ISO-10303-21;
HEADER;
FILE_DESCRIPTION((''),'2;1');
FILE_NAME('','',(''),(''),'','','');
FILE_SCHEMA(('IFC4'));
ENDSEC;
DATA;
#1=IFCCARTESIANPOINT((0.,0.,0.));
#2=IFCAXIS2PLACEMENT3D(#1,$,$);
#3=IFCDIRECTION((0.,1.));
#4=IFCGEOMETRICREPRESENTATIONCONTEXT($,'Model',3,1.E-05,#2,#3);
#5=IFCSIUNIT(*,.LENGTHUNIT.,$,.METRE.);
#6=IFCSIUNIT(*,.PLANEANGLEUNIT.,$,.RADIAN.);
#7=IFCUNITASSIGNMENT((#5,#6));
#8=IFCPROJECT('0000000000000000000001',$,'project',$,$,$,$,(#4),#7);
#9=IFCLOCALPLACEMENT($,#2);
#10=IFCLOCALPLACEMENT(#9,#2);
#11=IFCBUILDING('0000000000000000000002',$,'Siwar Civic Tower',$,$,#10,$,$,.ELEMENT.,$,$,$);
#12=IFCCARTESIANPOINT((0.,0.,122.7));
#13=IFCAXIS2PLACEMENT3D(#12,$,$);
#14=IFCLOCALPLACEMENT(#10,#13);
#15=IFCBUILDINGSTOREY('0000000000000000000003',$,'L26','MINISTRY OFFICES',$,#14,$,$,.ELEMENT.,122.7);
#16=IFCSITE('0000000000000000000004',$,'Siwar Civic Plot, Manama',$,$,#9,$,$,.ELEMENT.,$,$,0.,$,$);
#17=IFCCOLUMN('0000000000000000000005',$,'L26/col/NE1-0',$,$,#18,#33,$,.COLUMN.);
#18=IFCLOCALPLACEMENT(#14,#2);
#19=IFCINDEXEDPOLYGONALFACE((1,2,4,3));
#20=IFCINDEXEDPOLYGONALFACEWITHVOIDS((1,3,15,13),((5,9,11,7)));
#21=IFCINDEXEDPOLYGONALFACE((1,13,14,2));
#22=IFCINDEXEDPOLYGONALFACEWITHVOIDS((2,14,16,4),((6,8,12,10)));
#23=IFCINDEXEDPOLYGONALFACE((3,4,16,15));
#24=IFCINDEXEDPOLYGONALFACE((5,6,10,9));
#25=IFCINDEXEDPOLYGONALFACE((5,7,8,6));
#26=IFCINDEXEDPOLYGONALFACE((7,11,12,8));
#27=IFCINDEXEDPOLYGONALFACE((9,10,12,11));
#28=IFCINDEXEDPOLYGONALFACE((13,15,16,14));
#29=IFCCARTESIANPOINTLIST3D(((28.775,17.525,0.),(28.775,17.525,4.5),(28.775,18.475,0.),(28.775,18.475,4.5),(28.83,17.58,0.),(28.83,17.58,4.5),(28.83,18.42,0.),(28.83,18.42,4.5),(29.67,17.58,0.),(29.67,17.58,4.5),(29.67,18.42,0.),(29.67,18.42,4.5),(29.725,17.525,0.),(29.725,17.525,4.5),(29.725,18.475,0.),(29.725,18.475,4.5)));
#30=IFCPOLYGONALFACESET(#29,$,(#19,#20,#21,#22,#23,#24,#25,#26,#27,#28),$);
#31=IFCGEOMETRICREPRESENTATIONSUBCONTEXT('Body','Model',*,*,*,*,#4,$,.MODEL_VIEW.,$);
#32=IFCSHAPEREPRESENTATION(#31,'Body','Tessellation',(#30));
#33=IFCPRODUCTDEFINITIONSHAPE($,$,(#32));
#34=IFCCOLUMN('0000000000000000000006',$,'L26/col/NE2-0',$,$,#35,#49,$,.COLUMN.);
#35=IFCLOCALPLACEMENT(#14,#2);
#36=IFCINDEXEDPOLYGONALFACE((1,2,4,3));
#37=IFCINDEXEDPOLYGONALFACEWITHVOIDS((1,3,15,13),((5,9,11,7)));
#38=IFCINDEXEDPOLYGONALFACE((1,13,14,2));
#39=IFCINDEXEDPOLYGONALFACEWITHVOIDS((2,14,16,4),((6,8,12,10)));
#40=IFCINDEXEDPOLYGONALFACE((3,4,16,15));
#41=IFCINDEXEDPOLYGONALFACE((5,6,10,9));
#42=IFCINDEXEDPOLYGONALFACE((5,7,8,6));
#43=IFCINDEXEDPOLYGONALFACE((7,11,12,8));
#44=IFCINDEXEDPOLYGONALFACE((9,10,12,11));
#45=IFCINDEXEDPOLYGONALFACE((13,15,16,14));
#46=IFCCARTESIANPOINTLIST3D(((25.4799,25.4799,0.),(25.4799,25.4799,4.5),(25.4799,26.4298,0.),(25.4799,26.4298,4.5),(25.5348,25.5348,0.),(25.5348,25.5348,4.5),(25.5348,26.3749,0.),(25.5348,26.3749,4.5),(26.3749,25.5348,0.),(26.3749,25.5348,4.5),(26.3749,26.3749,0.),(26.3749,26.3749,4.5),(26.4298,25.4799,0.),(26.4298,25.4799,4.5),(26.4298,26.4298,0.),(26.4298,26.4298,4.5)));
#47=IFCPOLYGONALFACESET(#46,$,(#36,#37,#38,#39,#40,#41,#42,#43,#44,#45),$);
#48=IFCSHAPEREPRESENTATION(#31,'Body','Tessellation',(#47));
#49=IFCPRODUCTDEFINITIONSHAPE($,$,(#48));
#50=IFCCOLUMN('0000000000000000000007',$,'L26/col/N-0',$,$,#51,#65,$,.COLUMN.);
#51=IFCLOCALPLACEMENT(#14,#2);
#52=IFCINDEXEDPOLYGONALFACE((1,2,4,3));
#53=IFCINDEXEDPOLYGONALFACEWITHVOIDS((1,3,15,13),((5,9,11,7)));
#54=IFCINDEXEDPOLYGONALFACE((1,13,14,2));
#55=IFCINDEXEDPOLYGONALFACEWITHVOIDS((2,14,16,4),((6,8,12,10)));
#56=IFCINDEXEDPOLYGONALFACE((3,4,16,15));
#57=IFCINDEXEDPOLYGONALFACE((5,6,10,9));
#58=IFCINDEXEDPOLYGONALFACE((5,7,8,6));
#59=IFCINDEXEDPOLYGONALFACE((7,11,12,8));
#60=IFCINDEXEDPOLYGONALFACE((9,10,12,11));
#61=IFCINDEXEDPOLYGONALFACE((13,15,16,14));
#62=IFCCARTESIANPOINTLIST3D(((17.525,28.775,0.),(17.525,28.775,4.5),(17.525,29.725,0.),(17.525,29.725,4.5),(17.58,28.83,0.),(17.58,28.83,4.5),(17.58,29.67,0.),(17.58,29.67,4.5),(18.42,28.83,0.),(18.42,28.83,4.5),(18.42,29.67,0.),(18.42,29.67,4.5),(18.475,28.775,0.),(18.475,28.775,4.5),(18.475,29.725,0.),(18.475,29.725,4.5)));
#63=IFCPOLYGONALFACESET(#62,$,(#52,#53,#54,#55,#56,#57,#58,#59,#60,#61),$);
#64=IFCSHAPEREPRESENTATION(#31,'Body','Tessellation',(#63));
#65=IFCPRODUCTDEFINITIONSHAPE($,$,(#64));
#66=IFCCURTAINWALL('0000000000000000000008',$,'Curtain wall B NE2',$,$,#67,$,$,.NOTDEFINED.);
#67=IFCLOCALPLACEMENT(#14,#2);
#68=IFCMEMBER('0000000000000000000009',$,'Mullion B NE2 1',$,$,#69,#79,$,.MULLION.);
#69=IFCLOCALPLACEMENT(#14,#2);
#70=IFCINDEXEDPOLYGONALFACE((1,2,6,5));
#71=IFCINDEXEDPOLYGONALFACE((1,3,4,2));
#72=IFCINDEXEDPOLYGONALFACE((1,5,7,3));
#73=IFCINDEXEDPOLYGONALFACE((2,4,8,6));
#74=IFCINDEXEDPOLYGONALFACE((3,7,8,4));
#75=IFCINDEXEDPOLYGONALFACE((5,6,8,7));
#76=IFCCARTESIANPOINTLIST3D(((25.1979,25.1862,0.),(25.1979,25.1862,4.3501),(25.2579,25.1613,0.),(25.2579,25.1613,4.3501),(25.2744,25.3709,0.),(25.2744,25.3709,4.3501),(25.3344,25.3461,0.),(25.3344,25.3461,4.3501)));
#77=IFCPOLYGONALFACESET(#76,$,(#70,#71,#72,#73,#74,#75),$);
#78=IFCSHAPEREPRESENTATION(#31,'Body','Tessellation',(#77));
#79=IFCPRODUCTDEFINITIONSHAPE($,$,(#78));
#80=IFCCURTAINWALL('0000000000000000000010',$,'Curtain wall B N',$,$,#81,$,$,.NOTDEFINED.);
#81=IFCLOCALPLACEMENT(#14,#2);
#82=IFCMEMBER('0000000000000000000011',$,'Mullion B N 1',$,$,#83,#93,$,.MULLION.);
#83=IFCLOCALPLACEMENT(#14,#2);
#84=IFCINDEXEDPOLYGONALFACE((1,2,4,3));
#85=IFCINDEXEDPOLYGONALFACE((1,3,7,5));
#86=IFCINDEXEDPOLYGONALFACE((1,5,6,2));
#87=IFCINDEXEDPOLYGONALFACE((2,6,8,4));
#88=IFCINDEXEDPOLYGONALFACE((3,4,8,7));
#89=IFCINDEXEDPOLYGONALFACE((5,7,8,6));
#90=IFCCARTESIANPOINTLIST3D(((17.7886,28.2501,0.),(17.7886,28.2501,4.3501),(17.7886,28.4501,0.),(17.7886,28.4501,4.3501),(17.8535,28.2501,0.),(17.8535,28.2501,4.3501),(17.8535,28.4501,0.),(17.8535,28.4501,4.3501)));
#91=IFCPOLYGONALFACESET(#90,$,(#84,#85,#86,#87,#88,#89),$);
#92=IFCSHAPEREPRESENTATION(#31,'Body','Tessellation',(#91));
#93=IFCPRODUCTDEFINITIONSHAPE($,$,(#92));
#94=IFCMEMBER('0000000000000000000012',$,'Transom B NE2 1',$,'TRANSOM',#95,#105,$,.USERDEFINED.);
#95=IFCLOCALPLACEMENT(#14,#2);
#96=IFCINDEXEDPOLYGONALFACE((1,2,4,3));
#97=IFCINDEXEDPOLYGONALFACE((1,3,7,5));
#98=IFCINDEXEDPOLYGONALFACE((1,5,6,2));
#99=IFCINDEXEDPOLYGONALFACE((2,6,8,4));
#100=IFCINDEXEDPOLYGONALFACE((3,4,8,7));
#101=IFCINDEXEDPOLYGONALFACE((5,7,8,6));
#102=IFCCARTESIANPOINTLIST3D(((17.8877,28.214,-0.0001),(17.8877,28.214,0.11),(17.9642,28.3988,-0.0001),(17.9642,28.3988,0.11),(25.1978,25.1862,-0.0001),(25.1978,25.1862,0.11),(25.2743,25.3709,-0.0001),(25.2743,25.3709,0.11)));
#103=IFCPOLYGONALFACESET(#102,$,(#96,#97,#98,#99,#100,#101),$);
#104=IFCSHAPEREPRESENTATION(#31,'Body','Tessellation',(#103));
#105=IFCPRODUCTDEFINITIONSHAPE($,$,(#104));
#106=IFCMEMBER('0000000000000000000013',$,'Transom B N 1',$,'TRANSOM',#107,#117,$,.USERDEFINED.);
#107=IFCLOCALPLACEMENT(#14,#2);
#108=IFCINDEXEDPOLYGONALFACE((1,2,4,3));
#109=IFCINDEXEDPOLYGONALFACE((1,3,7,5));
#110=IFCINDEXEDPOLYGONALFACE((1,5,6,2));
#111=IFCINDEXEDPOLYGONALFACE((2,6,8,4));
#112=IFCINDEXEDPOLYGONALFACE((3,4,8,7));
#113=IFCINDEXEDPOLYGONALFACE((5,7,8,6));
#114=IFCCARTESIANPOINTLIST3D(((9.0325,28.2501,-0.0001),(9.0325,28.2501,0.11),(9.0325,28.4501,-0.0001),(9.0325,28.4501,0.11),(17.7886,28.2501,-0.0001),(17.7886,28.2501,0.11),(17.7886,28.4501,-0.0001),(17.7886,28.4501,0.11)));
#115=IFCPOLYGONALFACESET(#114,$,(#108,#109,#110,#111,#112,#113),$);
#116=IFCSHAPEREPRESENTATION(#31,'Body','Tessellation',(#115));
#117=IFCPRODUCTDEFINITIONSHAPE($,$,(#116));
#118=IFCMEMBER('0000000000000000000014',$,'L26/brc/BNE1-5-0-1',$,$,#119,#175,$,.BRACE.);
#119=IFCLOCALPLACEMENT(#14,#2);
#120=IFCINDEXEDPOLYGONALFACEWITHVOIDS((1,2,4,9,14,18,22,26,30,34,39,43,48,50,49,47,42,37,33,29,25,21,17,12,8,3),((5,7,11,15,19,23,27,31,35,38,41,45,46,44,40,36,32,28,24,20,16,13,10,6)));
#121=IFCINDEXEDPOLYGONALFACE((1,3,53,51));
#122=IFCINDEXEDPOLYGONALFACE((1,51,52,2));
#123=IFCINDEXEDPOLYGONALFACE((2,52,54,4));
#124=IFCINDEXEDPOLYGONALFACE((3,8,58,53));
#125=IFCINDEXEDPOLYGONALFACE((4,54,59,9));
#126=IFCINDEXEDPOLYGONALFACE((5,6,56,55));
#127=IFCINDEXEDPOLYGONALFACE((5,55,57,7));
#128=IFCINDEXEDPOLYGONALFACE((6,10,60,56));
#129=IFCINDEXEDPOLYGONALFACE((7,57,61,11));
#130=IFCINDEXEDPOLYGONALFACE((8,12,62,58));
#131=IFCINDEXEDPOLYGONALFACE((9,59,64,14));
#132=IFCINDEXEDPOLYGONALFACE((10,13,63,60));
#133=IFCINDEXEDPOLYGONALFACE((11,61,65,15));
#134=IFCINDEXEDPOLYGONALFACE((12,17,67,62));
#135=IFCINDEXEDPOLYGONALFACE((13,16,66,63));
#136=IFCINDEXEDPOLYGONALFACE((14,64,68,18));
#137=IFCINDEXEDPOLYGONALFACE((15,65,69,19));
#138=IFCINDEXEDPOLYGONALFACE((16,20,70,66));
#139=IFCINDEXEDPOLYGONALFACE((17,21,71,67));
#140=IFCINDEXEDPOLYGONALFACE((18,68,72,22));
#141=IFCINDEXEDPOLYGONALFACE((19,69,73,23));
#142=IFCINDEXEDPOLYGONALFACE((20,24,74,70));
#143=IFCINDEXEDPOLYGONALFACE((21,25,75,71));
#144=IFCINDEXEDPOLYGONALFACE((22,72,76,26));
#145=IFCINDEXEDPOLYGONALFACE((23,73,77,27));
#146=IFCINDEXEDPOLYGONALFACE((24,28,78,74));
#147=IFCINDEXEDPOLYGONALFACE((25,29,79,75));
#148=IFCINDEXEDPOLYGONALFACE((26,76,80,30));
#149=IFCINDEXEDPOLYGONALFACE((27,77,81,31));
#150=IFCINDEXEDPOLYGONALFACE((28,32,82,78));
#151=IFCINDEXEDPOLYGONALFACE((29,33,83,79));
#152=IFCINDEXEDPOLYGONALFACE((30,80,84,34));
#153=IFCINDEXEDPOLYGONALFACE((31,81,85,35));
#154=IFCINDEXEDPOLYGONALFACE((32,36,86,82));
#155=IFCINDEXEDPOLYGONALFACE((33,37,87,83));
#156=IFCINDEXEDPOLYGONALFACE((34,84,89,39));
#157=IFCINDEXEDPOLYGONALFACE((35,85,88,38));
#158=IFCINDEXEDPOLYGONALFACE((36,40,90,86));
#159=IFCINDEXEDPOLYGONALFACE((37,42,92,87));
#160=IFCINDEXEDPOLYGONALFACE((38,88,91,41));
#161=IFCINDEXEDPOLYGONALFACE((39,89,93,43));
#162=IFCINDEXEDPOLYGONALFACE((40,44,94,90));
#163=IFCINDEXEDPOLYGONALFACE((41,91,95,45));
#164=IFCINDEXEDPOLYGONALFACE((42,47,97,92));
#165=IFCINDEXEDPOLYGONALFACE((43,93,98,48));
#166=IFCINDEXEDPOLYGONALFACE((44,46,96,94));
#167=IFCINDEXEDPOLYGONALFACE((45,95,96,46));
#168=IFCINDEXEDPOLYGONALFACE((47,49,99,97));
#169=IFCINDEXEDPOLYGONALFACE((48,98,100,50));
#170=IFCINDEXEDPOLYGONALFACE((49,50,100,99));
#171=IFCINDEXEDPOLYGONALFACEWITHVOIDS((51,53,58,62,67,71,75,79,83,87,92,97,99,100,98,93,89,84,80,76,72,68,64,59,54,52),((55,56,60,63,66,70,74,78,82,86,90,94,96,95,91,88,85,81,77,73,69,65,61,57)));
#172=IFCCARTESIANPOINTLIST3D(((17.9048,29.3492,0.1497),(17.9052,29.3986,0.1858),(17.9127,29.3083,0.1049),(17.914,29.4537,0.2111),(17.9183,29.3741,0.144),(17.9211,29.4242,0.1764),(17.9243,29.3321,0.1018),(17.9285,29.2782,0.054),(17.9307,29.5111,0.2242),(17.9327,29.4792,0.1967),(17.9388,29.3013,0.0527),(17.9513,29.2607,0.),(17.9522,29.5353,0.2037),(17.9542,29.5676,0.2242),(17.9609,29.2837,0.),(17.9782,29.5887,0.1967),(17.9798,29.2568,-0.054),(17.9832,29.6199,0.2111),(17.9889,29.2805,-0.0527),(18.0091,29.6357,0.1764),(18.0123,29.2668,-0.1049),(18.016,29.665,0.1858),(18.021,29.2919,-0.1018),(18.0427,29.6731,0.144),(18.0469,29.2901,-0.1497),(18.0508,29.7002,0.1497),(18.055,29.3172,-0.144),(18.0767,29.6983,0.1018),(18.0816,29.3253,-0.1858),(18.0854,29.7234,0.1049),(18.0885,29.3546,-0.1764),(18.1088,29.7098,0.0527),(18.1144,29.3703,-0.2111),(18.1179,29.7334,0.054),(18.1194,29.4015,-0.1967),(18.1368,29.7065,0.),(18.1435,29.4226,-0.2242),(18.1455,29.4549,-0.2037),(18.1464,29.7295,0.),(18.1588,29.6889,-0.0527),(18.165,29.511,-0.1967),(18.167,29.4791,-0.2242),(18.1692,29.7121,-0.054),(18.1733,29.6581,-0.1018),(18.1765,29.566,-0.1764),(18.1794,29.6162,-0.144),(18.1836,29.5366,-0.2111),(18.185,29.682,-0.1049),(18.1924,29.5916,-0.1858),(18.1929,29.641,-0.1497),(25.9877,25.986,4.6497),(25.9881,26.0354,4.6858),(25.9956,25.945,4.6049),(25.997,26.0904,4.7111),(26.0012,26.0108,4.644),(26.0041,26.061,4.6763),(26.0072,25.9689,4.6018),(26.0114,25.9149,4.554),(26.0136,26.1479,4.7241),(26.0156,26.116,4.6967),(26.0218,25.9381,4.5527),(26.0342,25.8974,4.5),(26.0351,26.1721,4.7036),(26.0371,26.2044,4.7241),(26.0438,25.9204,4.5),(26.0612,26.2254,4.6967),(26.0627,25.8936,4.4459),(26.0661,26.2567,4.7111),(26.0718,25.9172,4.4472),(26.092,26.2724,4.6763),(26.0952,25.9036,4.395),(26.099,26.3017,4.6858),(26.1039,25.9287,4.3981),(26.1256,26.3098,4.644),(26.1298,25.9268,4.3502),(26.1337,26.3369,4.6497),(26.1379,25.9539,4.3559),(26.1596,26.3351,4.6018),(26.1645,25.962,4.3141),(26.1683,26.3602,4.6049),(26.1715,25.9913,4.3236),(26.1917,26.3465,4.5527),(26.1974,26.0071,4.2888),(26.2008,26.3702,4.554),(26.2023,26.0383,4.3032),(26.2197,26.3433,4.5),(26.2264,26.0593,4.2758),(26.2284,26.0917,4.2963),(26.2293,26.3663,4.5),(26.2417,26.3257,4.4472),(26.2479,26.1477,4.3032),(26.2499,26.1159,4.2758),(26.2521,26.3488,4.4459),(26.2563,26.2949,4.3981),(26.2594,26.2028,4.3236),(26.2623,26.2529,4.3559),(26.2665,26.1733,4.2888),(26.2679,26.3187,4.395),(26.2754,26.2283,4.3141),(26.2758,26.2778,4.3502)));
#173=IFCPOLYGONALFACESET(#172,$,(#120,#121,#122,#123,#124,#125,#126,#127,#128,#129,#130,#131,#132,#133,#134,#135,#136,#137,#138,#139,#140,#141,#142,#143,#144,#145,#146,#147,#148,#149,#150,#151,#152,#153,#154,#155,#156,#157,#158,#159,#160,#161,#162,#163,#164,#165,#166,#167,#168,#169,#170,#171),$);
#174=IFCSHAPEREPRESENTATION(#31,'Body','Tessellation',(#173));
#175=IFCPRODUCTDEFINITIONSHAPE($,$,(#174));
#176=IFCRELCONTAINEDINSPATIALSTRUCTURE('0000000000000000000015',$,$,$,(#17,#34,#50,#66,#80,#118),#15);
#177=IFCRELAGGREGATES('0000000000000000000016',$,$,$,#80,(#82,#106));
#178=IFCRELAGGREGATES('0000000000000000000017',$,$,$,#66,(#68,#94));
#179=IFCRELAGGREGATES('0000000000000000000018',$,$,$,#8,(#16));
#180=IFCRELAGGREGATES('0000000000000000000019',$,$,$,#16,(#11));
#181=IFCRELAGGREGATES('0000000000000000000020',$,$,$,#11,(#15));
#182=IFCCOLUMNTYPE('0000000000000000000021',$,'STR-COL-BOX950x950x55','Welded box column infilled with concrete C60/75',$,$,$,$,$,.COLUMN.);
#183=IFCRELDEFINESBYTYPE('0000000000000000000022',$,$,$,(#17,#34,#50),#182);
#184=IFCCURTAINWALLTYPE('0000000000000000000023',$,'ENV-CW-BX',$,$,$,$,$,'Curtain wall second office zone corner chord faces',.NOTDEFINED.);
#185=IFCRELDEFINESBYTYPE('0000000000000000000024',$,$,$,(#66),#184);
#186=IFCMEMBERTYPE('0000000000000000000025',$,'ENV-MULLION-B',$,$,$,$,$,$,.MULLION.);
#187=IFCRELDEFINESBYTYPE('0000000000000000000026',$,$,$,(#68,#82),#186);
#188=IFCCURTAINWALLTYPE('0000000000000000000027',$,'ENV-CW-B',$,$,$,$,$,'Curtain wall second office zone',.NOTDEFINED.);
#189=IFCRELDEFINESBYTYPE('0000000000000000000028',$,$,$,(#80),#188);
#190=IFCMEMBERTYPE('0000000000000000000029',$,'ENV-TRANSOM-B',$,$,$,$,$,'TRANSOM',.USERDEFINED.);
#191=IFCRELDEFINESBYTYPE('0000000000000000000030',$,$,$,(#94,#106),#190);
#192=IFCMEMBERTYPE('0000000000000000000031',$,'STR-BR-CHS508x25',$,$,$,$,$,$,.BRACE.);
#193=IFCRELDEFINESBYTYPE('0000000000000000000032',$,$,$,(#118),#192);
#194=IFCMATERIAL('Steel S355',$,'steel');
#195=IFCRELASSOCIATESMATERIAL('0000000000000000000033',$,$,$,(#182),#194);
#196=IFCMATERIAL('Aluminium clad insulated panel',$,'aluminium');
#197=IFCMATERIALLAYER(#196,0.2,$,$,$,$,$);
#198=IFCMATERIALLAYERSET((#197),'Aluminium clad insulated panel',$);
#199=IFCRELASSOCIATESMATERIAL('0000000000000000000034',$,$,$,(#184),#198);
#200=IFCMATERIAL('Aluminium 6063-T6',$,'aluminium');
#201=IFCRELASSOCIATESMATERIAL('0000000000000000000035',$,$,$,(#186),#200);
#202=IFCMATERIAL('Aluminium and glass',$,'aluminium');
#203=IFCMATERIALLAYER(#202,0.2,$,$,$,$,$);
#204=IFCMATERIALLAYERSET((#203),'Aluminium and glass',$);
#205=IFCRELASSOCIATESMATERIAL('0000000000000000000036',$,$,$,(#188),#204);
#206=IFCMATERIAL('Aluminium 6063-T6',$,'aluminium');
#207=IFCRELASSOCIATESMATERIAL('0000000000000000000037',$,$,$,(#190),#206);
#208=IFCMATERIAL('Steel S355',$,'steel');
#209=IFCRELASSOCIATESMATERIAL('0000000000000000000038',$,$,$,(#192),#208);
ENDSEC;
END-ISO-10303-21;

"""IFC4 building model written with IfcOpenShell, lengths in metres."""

from ifc_helpers import new_model, si_unit, direction, frame, origin, origin_2d, place, context, subcontext, project, spatial, rectangle, hollow_rectangle, hollow_circle, extrude, material, layer, layer_set, material_profile, profile_set, type_object, element, aggregate, save


model = new_model("IFC4")

# Units and contexts
model_context = context("Model", 3, precision=1e-05, world=origin(), true_north=direction((0.0, 1.0)))
body_context = subcontext(model_context, "Body", "Model", "MODEL_VIEW")
ifc_project = project(units=[si_unit("LENGTHUNIT", "METRE"), si_unit("PLANEANGLEUNIT", "RADIAN")], contexts=[model_context])

# Site, building, storey
site_placement = place(None, origin())
site = spatial("IfcSite", under=ifc_project, at=site_placement, Name="Siwar Civic Plot, Manama", CompositionType="ELEMENT", RefElevation=0.0)
building_placement = place(site_placement, origin())
building = spatial("IfcBuilding", under=site, at=building_placement, Name="Siwar Civic Tower", CompositionType="ELEMENT")
storey_placement = place(building_placement, frame((0.0, 0.0, 122.7)))
storey = spatial("IfcBuildingStorey", under=building, at=storey_placement, Name="L26", Description="MINISTRY OFFICES", CompositionType="ELEMENT", Elevation=122.7)

# Columns
ifc_material_1 = material(Name="Steel S355", Category="steel")
ifc_material_profile_1 = material_profile(ifc_material_1, hollow_rectangle(XDim=0.95, YDim=0.95, WallThickness=0.0549, at=origin_2d()), Name="BOX950x950x55")
ifc_profile_set_1 = profile_set([ifc_material_profile_1], Name="Steel S355")
column_type = type_object("IfcColumnType", Name="STR-COL-BOX950x950x55", Description="Welded box column infilled with concrete C60/75", PredefinedType="COLUMN", material=ifc_profile_set_1)
for number, where, z_axis, x_axis, name in (
    (1, (29.25, 18.0, 0.0), (0.0, 0.0, 1.0), (1.0, 0.0, 0.0), "L26/col/NE1-0"),
    (2, (25.9548, 25.9548, 0.0), (0.0, 0.0, 1.0), (1.0, 0.0, 0.0), "L26/col/NE2-0"),
    (3, (18.0, 29.25, 0.0), (0.0, 0.0, 1.0), (1.0, 0.0, 0.0), "L26/col/N-0"),
):
    element("IfcColumn", number, at=place(storey_placement, frame(where, z_axis=z_axis, x_axis=x_axis)), inside=storey, type_object=column_type, Name=name, PredefinedType="COLUMN", context=body_context, shape_type="SweptSolid", body=[
        extrude(hollow_rectangle(XDim=0.95, YDim=0.95, WallThickness=0.0549, at=origin_2d()), origin(), (0.0, 0.0, 1.0), 4.5),
    ])

# Curtain walls, members
ifc_material_2 = material(Name="Aluminium clad insulated panel", Category="aluminium")
ifc_layer_1 = layer(ifc_material_2, 0.2)
ifc_layer_set_1 = layer_set([ifc_layer_1], Name="Aluminium clad insulated panel")
curtain_wall_type_1 = type_object("IfcCurtainWallType", Name="ENV-CW-BX", ElementType="Curtain wall second office zone corner chord faces", PredefinedType="NOTDEFINED", material=ifc_layer_set_1)
curtain_wall_1_placement = place(storey_placement, origin())
curtain_wall_1 = element("IfcCurtainWall", 4, at=curtain_wall_1_placement, inside=storey, type_object=curtain_wall_type_1, Name="Curtain wall B NE2", PredefinedType="NOTDEFINED")
ifc_material_3 = material(Name="Aluminium 6063-T6", Category="aluminium")
ifc_material_profile_2 = material_profile(ifc_material_3, rectangle(XDim=0.2, YDim=0.0649, at=origin_2d()), Name="AL 200x65")
ifc_profile_set_2 = profile_set([ifc_material_profile_2], Name="Aluminium 6063-T6")
member_type_1 = type_object("IfcMemberType", Name="ENV-MULLION-B", PredefinedType="MULLION", material=ifc_profile_set_2)
member_1_placement = place(storey_placement, frame((25.2661, 25.2661, 0.0), z_axis=(0.0, 0.0, 1.0), x_axis=(-0.382683, -0.92388, 0.0)))
member_1 = element("IfcMember", 5, at=member_1_placement, type_object=member_type_1, Name="Mullion B NE2 1", PredefinedType="MULLION", context=body_context, shape_type="SweptSolid", body=[
    extrude(rectangle(XDim=0.2, YDim=0.0649, at=origin_2d()), origin(), (0.0, 0.0, 1.0), 4.3501),
])
ifc_material_4 = material(Name="Aluminium and glass", Category="aluminium")
ifc_layer_2 = layer(ifc_material_4, 0.2)
ifc_layer_set_2 = layer_set([ifc_layer_2], Name="Aluminium and glass")
curtain_wall_type_2 = type_object("IfcCurtainWallType", Name="ENV-CW-B", ElementType="Curtain wall second office zone", PredefinedType="NOTDEFINED", material=ifc_layer_set_2)
curtain_wall_2_placement = place(storey_placement, origin())
curtain_wall_2 = element("IfcCurtainWall", 6, at=curtain_wall_2_placement, inside=storey, type_object=curtain_wall_type_2, Name="Curtain wall B N", PredefinedType="NOTDEFINED")
member_2_placement = place(storey_placement, frame((17.821, 28.3501, 0.0), z_axis=(0.0, 0.0, 1.0), x_axis=(0.0, -1.0, 0.0)))
member_2 = element("IfcMember", 7, at=member_2_placement, type_object=member_type_1, Name="Mullion B N 1", PredefinedType="MULLION", context=body_context, shape_type="SweptSolid", body=[
    extrude(rectangle(XDim=0.2, YDim=0.0649, at=origin_2d()), origin(), (0.0, 0.0, 1.0), 4.3501),
])

# Members
ifc_material_5 = material(Name="Aluminium 6063-T6", Category="aluminium")
ifc_material_profile_3 = material_profile(ifc_material_5, rectangle(XDim=0.2, YDim=0.1101, at=origin_2d()), Name="AL 200x110")
ifc_profile_set_3 = profile_set([ifc_material_profile_3], Name="Aluminium 6063-T6")
member_type_2 = type_object("IfcMemberType", Name="ENV-TRANSOM-B", ElementType="TRANSOM", PredefinedType="USERDEFINED", material=ifc_profile_set_3)
member_3_placement = place(storey_placement, frame((25.2361, 25.2786, 0.0549), z_axis=(-0.923884, 0.382673, 0.0), x_axis=(-0.382673, -0.923884, 0.0)))
member_3 = element("IfcMember", 8, at=member_3_placement, type_object=member_type_2, Name="Transom B NE2 1", ObjectType="TRANSOM", PredefinedType="USERDEFINED", context=body_context, shape_type="SweptSolid", body=[
    extrude(rectangle(XDim=0.2, YDim=0.1101, at=origin_2d()), origin(), (0.0, 0.0, 1.0), 7.9124),
])
member_4_placement = place(storey_placement, frame((17.7886, 28.3501, 0.0549), z_axis=(-1.0, 0.0, 0.0), x_axis=(0.0, -1.0, 0.0)))
member_4 = element("IfcMember", 9, at=member_4_placement, type_object=member_type_2, Name="Transom B N 1", ObjectType="TRANSOM", PredefinedType="USERDEFINED", context=body_context, shape_type="SweptSolid", body=[
    extrude(rectangle(XDim=0.2, YDim=0.1101, at=origin_2d()), origin(), (0.0, 0.0, 1.0), 8.7561),
])
aggregate(curtain_wall_2, [member_2, member_4])

# Member
ifc_material_6 = material(Name="Steel S355", Category="steel")
ifc_material_profile_4 = material_profile(ifc_material_6, hollow_circle(Radius=0.2539, WallThickness=0.0249, at=origin_2d()), Name="CHS508x25")
ifc_profile_set_4 = profile_set([ifc_material_profile_4], Name="Steel S355")
member_type_3 = type_object("IfcMemberType", Name="STR-BR-CHS508x25", PredefinedType="BRACE", material=ifc_profile_set_4)
member_5_placement = place(storey_placement, frame((18.0488, 29.4951, 0.0), z_axis=(0.821143, -0.341671, 0.457149), x_axis=(0.384164, 0.923265, 0.0)))
element("IfcMember", 10, at=member_5_placement, inside=storey, type_object=member_type_3, Name="L26/brc/BNE1-5-0-1", PredefinedType="BRACE", context=body_context, shape_type="SweptSolid", body=[
    extrude(hollow_circle(Radius=0.2539, WallThickness=0.0249, at=origin_2d()), origin(), (0.0, 0.0, 1.0), 9.8435),
])

aggregate(curtain_wall_1, [member_1, member_3])

save(model, "model.ifc")
